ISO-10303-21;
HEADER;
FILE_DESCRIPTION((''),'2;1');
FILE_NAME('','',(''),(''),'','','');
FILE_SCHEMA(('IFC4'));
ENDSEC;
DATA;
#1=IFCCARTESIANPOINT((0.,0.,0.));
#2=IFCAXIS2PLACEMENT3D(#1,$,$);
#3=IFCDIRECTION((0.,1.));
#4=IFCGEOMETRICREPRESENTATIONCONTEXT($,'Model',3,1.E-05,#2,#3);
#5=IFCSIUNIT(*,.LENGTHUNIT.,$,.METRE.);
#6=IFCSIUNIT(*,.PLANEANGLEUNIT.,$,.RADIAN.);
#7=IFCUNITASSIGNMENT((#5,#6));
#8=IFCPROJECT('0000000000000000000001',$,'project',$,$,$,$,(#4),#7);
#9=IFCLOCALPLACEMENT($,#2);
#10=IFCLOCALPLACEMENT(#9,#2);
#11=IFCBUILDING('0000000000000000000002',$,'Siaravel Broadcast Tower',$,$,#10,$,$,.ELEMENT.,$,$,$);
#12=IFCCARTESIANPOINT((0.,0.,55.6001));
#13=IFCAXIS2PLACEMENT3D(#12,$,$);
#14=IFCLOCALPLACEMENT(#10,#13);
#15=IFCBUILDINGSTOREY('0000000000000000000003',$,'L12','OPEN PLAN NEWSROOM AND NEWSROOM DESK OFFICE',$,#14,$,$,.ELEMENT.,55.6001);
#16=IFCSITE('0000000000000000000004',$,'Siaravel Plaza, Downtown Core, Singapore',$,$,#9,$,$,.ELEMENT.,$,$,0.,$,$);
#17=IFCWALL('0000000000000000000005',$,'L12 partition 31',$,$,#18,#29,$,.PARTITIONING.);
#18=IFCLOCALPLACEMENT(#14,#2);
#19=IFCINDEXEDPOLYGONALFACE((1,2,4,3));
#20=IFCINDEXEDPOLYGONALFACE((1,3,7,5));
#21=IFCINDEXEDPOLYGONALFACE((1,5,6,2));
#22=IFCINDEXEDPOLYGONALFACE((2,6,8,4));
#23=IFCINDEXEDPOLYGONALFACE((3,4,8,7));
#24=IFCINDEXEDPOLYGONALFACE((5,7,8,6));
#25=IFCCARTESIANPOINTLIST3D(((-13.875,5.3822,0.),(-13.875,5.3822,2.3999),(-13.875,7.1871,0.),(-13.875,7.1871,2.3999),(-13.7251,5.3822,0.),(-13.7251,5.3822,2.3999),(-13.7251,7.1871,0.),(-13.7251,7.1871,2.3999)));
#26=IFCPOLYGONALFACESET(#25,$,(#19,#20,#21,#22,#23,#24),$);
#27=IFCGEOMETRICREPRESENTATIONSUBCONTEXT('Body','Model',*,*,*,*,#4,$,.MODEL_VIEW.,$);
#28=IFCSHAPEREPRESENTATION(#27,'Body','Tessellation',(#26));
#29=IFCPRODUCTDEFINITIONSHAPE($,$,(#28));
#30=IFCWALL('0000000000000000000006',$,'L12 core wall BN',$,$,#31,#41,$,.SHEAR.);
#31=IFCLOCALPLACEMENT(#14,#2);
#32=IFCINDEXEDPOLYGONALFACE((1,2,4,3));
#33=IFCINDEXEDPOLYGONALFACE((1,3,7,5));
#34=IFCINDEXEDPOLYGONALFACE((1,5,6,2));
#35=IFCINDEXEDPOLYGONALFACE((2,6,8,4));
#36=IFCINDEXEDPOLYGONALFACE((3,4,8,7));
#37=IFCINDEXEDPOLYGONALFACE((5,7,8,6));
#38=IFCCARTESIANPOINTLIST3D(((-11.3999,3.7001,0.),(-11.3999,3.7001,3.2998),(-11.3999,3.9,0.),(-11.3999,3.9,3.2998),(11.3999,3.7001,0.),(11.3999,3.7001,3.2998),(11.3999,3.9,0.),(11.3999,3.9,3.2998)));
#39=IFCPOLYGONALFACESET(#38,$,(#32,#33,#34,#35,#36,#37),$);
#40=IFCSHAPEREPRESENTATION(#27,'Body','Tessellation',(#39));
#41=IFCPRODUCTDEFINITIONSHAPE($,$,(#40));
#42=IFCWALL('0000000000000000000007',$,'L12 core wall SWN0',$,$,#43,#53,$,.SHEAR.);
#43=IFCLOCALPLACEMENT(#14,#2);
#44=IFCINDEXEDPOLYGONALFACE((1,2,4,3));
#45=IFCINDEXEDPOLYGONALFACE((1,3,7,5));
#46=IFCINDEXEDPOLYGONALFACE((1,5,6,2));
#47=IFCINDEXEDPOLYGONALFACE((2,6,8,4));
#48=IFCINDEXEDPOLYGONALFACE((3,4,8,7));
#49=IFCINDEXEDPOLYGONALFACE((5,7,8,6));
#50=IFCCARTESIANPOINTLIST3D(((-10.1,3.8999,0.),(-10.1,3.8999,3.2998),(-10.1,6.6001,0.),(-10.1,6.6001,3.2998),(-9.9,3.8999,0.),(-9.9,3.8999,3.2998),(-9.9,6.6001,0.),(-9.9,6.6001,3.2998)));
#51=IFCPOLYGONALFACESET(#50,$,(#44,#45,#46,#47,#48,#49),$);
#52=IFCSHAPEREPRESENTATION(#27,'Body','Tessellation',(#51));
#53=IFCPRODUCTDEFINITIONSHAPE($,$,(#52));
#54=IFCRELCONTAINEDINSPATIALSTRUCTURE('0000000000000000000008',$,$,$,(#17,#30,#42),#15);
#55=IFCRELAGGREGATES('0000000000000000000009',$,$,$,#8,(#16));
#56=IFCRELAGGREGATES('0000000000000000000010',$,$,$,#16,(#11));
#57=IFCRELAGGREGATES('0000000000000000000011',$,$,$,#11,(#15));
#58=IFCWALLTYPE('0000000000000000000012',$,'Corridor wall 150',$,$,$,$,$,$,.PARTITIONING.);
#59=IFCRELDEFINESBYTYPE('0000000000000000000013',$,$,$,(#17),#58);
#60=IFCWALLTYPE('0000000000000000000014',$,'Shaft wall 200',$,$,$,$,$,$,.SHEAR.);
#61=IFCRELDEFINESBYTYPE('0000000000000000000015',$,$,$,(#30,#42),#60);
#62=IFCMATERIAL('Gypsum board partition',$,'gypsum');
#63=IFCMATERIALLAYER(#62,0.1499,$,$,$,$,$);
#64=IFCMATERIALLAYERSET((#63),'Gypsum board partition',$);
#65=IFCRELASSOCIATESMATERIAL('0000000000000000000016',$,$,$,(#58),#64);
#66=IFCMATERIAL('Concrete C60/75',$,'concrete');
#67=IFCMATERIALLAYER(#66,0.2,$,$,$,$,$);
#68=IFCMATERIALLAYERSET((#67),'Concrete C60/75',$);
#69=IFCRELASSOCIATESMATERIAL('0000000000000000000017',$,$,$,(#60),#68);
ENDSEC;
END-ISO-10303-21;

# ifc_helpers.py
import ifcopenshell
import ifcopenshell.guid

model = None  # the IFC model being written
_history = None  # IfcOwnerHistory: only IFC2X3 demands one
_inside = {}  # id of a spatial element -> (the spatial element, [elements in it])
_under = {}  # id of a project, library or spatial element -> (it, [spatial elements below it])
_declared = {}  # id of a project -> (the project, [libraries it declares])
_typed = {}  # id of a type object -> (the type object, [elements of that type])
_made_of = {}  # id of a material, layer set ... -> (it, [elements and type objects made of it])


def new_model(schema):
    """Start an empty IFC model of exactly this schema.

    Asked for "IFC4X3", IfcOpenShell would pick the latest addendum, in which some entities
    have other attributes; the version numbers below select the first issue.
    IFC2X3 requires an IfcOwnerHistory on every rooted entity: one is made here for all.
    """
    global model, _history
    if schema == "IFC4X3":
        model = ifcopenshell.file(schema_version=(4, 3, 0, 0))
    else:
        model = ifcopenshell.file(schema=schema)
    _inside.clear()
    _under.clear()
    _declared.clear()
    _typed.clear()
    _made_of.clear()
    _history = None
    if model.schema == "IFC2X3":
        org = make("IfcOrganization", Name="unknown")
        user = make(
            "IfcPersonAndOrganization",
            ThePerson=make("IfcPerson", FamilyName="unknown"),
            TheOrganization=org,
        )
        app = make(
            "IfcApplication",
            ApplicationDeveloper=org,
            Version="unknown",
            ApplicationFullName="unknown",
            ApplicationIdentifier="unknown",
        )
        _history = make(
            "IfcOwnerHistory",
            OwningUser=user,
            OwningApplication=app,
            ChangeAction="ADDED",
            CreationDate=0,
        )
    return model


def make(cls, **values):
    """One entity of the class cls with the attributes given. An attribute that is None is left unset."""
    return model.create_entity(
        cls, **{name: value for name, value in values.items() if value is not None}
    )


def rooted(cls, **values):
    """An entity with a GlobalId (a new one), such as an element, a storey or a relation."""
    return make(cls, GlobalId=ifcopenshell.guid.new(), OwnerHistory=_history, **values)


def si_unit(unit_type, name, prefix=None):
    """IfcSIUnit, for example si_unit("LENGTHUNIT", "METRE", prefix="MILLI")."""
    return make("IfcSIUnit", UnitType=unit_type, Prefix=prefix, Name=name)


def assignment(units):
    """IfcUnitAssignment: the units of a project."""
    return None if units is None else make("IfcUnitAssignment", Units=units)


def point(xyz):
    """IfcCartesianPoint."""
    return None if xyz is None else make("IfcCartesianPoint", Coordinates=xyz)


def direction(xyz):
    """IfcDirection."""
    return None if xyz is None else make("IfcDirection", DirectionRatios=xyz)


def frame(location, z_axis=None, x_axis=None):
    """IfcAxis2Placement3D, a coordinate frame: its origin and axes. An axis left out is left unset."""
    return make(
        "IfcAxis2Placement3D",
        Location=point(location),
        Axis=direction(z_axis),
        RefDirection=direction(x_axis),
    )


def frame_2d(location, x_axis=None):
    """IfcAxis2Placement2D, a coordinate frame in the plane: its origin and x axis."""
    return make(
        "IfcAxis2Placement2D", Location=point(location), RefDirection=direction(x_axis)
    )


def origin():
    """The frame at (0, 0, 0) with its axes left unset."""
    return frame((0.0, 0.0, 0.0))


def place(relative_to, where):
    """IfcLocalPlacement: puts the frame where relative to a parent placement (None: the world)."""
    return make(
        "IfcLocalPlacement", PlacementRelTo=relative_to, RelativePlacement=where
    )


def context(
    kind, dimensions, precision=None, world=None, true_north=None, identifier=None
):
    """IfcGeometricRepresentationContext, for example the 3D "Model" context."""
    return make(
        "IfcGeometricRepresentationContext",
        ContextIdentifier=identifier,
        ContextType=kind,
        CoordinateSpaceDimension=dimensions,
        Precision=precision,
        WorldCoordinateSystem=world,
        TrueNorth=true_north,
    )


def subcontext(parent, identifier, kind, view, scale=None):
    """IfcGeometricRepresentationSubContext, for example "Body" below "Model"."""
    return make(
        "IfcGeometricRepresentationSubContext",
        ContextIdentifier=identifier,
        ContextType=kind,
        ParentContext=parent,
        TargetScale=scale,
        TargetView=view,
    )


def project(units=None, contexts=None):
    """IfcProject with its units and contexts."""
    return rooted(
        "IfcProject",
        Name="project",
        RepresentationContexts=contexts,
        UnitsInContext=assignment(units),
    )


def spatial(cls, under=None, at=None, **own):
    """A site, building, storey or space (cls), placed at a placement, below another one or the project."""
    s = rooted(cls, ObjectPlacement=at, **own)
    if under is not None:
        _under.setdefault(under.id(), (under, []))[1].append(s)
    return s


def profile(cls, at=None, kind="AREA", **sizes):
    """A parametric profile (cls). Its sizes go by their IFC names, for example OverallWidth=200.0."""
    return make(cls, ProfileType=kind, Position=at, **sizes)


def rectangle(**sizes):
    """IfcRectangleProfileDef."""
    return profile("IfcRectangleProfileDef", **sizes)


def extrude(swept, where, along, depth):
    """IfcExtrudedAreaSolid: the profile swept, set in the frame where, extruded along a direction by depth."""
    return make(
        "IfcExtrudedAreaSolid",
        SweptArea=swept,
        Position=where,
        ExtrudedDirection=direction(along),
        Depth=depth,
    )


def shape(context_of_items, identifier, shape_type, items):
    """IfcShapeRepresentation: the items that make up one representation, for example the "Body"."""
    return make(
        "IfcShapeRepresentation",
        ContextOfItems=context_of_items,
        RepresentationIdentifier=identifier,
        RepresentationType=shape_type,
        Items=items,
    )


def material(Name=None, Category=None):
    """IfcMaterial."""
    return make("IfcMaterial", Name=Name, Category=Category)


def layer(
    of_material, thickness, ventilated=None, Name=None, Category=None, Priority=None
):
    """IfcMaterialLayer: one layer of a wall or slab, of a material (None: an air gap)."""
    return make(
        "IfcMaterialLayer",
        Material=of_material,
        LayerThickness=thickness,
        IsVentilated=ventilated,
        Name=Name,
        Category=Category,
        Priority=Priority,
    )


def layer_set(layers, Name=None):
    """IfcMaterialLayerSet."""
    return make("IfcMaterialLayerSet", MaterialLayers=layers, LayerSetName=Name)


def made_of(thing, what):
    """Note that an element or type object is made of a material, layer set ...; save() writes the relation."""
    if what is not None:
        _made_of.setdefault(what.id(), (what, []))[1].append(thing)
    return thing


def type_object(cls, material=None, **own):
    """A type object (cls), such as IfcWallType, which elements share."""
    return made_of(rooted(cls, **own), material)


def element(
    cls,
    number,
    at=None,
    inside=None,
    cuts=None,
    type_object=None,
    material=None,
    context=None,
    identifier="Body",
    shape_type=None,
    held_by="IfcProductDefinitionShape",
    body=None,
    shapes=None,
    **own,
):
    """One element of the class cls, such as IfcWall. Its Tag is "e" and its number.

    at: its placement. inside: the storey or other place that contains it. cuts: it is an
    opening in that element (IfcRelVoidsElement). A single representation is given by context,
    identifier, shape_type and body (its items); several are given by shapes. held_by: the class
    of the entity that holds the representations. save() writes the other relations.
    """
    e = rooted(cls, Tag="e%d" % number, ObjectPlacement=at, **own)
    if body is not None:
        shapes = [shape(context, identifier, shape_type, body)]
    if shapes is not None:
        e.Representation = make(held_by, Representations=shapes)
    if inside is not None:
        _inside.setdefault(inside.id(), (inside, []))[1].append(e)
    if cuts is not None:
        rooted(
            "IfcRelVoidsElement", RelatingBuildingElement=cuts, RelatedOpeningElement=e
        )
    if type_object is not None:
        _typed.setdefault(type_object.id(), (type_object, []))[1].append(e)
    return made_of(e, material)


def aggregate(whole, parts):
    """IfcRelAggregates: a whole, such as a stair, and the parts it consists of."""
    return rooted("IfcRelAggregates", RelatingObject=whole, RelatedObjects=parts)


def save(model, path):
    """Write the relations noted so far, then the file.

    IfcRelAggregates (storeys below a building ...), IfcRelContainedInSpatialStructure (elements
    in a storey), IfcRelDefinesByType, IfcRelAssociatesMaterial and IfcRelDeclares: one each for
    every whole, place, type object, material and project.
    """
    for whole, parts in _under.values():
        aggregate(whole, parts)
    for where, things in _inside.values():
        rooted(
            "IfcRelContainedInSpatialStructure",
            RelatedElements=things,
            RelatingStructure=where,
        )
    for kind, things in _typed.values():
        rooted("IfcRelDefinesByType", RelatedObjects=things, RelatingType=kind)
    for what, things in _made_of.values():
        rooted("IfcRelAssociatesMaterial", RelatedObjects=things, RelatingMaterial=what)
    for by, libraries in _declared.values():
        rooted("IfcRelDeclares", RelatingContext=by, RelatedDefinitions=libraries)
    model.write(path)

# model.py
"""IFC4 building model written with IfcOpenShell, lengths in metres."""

from ifc_helpers import new_model, si_unit, direction, frame, frame_2d, origin, place, context, subcontext, project, spatial, rectangle, extrude, material, layer, layer_set, type_object, element, save


model = new_model("IFC4")

# Units and contexts
model_context = context("Model", 3, precision=1e-05, world=origin(), true_north=direction((0.0, 1.0)))
body_context = subcontext(model_context, "Body", "Model", "MODEL_VIEW")
ifc_project = project(units=[si_unit("LENGTHUNIT", "METRE"), si_unit("PLANEANGLEUNIT", "RADIAN")], contexts=[model_context])

# Site, building, storey
site_placement = place(None, origin())
site = spatial("IfcSite", under=ifc_project, at=site_placement, Name="Siaravel Plaza, Downtown Core, Singapore", CompositionType="ELEMENT", RefElevation=0.0)
building_placement = place(site_placement, origin())
building = spatial("IfcBuilding", under=site, at=building_placement, Name="Siaravel Broadcast Tower", CompositionType="ELEMENT")
storey_placement = place(building_placement, frame((0.0, 0.0, 55.6001)))
storey = spatial("IfcBuildingStorey", under=building, at=storey_placement, Name="L12", Description="OPEN PLAN NEWSROOM AND NEWSROOM DESK OFFICE", CompositionType="ELEMENT", Elevation=55.6001)

# Shared definitions
ifc_material_1 = material(Name="Concrete C60/75", Category="concrete")
ifc_material_2 = material(Name="Gypsum board partition", Category="gypsum")
ifc_layer_1 = layer(ifc_material_2, 0.1499)
ifc_layer_set_1 = layer_set([ifc_layer_1], Name="Gypsum board partition")
wall_type_1 = type_object("IfcWallType", Name="Corridor wall 150", PredefinedType="PARTITIONING", material=ifc_layer_set_1)

# Walls
wall_1_placement = place(storey_placement, frame((-13.8, 7.187, 0.0), z_axis=(0.0, 0.0, 1.0), x_axis=(0.0, -1.0, 0.0)))
element("IfcWall", 1, at=wall_1_placement, inside=storey, type_object=wall_type_1, Name="L12 partition 31", PredefinedType="PARTITIONING", context=body_context, shape_type="SweptSolid", body=[
    extrude(rectangle(XDim=1.8049, YDim=0.1499, at=frame_2d((0.9023, 0.0))), origin(), (0.0, 0.0, 1.0), 2.3999),
])
ifc_layer_2 = layer(ifc_material_1, 0.2)
ifc_layer_set_2 = layer_set([ifc_layer_2], Name="Concrete C60/75")
wall_type_2 = type_object("IfcWallType", Name="Shaft wall 200", PredefinedType="SHEAR", material=ifc_layer_set_2)
wall_2_placement = place(storey_placement, frame((-11.3999, 3.8, 0.0), z_axis=(0.0, 0.0, 1.0), x_axis=(1.0, 0.0, 0.0)))
element("IfcWall", 2, at=wall_2_placement, inside=storey, type_object=wall_type_2, Name="L12 core wall BN", PredefinedType="SHEAR", context=body_context, shape_type="SweptSolid", body=[
    extrude(rectangle(XDim=22.7998, YDim=0.2, at=frame_2d((11.3999, 0.0))), origin(), (0.0, 0.0, 1.0), 3.2998),
])
wall_3_placement = place(storey_placement, frame((-10.0, 3.8999, 0.0), z_axis=(0.0, 0.0, 1.0), x_axis=(0.0, 1.0, 0.0)))
element("IfcWall", 3, at=wall_3_placement, inside=storey, type_object=wall_type_2, Name="L12 core wall SWN0", PredefinedType="SHEAR", context=body_context, shape_type="SweptSolid", body=[
    extrude(rectangle(XDim=2.7002, YDim=0.2, at=frame_2d((1.3501, 0.0))), origin(), (0.0, 0.0, 1.0), 3.2998),
])

save(model, "model.ifc")
